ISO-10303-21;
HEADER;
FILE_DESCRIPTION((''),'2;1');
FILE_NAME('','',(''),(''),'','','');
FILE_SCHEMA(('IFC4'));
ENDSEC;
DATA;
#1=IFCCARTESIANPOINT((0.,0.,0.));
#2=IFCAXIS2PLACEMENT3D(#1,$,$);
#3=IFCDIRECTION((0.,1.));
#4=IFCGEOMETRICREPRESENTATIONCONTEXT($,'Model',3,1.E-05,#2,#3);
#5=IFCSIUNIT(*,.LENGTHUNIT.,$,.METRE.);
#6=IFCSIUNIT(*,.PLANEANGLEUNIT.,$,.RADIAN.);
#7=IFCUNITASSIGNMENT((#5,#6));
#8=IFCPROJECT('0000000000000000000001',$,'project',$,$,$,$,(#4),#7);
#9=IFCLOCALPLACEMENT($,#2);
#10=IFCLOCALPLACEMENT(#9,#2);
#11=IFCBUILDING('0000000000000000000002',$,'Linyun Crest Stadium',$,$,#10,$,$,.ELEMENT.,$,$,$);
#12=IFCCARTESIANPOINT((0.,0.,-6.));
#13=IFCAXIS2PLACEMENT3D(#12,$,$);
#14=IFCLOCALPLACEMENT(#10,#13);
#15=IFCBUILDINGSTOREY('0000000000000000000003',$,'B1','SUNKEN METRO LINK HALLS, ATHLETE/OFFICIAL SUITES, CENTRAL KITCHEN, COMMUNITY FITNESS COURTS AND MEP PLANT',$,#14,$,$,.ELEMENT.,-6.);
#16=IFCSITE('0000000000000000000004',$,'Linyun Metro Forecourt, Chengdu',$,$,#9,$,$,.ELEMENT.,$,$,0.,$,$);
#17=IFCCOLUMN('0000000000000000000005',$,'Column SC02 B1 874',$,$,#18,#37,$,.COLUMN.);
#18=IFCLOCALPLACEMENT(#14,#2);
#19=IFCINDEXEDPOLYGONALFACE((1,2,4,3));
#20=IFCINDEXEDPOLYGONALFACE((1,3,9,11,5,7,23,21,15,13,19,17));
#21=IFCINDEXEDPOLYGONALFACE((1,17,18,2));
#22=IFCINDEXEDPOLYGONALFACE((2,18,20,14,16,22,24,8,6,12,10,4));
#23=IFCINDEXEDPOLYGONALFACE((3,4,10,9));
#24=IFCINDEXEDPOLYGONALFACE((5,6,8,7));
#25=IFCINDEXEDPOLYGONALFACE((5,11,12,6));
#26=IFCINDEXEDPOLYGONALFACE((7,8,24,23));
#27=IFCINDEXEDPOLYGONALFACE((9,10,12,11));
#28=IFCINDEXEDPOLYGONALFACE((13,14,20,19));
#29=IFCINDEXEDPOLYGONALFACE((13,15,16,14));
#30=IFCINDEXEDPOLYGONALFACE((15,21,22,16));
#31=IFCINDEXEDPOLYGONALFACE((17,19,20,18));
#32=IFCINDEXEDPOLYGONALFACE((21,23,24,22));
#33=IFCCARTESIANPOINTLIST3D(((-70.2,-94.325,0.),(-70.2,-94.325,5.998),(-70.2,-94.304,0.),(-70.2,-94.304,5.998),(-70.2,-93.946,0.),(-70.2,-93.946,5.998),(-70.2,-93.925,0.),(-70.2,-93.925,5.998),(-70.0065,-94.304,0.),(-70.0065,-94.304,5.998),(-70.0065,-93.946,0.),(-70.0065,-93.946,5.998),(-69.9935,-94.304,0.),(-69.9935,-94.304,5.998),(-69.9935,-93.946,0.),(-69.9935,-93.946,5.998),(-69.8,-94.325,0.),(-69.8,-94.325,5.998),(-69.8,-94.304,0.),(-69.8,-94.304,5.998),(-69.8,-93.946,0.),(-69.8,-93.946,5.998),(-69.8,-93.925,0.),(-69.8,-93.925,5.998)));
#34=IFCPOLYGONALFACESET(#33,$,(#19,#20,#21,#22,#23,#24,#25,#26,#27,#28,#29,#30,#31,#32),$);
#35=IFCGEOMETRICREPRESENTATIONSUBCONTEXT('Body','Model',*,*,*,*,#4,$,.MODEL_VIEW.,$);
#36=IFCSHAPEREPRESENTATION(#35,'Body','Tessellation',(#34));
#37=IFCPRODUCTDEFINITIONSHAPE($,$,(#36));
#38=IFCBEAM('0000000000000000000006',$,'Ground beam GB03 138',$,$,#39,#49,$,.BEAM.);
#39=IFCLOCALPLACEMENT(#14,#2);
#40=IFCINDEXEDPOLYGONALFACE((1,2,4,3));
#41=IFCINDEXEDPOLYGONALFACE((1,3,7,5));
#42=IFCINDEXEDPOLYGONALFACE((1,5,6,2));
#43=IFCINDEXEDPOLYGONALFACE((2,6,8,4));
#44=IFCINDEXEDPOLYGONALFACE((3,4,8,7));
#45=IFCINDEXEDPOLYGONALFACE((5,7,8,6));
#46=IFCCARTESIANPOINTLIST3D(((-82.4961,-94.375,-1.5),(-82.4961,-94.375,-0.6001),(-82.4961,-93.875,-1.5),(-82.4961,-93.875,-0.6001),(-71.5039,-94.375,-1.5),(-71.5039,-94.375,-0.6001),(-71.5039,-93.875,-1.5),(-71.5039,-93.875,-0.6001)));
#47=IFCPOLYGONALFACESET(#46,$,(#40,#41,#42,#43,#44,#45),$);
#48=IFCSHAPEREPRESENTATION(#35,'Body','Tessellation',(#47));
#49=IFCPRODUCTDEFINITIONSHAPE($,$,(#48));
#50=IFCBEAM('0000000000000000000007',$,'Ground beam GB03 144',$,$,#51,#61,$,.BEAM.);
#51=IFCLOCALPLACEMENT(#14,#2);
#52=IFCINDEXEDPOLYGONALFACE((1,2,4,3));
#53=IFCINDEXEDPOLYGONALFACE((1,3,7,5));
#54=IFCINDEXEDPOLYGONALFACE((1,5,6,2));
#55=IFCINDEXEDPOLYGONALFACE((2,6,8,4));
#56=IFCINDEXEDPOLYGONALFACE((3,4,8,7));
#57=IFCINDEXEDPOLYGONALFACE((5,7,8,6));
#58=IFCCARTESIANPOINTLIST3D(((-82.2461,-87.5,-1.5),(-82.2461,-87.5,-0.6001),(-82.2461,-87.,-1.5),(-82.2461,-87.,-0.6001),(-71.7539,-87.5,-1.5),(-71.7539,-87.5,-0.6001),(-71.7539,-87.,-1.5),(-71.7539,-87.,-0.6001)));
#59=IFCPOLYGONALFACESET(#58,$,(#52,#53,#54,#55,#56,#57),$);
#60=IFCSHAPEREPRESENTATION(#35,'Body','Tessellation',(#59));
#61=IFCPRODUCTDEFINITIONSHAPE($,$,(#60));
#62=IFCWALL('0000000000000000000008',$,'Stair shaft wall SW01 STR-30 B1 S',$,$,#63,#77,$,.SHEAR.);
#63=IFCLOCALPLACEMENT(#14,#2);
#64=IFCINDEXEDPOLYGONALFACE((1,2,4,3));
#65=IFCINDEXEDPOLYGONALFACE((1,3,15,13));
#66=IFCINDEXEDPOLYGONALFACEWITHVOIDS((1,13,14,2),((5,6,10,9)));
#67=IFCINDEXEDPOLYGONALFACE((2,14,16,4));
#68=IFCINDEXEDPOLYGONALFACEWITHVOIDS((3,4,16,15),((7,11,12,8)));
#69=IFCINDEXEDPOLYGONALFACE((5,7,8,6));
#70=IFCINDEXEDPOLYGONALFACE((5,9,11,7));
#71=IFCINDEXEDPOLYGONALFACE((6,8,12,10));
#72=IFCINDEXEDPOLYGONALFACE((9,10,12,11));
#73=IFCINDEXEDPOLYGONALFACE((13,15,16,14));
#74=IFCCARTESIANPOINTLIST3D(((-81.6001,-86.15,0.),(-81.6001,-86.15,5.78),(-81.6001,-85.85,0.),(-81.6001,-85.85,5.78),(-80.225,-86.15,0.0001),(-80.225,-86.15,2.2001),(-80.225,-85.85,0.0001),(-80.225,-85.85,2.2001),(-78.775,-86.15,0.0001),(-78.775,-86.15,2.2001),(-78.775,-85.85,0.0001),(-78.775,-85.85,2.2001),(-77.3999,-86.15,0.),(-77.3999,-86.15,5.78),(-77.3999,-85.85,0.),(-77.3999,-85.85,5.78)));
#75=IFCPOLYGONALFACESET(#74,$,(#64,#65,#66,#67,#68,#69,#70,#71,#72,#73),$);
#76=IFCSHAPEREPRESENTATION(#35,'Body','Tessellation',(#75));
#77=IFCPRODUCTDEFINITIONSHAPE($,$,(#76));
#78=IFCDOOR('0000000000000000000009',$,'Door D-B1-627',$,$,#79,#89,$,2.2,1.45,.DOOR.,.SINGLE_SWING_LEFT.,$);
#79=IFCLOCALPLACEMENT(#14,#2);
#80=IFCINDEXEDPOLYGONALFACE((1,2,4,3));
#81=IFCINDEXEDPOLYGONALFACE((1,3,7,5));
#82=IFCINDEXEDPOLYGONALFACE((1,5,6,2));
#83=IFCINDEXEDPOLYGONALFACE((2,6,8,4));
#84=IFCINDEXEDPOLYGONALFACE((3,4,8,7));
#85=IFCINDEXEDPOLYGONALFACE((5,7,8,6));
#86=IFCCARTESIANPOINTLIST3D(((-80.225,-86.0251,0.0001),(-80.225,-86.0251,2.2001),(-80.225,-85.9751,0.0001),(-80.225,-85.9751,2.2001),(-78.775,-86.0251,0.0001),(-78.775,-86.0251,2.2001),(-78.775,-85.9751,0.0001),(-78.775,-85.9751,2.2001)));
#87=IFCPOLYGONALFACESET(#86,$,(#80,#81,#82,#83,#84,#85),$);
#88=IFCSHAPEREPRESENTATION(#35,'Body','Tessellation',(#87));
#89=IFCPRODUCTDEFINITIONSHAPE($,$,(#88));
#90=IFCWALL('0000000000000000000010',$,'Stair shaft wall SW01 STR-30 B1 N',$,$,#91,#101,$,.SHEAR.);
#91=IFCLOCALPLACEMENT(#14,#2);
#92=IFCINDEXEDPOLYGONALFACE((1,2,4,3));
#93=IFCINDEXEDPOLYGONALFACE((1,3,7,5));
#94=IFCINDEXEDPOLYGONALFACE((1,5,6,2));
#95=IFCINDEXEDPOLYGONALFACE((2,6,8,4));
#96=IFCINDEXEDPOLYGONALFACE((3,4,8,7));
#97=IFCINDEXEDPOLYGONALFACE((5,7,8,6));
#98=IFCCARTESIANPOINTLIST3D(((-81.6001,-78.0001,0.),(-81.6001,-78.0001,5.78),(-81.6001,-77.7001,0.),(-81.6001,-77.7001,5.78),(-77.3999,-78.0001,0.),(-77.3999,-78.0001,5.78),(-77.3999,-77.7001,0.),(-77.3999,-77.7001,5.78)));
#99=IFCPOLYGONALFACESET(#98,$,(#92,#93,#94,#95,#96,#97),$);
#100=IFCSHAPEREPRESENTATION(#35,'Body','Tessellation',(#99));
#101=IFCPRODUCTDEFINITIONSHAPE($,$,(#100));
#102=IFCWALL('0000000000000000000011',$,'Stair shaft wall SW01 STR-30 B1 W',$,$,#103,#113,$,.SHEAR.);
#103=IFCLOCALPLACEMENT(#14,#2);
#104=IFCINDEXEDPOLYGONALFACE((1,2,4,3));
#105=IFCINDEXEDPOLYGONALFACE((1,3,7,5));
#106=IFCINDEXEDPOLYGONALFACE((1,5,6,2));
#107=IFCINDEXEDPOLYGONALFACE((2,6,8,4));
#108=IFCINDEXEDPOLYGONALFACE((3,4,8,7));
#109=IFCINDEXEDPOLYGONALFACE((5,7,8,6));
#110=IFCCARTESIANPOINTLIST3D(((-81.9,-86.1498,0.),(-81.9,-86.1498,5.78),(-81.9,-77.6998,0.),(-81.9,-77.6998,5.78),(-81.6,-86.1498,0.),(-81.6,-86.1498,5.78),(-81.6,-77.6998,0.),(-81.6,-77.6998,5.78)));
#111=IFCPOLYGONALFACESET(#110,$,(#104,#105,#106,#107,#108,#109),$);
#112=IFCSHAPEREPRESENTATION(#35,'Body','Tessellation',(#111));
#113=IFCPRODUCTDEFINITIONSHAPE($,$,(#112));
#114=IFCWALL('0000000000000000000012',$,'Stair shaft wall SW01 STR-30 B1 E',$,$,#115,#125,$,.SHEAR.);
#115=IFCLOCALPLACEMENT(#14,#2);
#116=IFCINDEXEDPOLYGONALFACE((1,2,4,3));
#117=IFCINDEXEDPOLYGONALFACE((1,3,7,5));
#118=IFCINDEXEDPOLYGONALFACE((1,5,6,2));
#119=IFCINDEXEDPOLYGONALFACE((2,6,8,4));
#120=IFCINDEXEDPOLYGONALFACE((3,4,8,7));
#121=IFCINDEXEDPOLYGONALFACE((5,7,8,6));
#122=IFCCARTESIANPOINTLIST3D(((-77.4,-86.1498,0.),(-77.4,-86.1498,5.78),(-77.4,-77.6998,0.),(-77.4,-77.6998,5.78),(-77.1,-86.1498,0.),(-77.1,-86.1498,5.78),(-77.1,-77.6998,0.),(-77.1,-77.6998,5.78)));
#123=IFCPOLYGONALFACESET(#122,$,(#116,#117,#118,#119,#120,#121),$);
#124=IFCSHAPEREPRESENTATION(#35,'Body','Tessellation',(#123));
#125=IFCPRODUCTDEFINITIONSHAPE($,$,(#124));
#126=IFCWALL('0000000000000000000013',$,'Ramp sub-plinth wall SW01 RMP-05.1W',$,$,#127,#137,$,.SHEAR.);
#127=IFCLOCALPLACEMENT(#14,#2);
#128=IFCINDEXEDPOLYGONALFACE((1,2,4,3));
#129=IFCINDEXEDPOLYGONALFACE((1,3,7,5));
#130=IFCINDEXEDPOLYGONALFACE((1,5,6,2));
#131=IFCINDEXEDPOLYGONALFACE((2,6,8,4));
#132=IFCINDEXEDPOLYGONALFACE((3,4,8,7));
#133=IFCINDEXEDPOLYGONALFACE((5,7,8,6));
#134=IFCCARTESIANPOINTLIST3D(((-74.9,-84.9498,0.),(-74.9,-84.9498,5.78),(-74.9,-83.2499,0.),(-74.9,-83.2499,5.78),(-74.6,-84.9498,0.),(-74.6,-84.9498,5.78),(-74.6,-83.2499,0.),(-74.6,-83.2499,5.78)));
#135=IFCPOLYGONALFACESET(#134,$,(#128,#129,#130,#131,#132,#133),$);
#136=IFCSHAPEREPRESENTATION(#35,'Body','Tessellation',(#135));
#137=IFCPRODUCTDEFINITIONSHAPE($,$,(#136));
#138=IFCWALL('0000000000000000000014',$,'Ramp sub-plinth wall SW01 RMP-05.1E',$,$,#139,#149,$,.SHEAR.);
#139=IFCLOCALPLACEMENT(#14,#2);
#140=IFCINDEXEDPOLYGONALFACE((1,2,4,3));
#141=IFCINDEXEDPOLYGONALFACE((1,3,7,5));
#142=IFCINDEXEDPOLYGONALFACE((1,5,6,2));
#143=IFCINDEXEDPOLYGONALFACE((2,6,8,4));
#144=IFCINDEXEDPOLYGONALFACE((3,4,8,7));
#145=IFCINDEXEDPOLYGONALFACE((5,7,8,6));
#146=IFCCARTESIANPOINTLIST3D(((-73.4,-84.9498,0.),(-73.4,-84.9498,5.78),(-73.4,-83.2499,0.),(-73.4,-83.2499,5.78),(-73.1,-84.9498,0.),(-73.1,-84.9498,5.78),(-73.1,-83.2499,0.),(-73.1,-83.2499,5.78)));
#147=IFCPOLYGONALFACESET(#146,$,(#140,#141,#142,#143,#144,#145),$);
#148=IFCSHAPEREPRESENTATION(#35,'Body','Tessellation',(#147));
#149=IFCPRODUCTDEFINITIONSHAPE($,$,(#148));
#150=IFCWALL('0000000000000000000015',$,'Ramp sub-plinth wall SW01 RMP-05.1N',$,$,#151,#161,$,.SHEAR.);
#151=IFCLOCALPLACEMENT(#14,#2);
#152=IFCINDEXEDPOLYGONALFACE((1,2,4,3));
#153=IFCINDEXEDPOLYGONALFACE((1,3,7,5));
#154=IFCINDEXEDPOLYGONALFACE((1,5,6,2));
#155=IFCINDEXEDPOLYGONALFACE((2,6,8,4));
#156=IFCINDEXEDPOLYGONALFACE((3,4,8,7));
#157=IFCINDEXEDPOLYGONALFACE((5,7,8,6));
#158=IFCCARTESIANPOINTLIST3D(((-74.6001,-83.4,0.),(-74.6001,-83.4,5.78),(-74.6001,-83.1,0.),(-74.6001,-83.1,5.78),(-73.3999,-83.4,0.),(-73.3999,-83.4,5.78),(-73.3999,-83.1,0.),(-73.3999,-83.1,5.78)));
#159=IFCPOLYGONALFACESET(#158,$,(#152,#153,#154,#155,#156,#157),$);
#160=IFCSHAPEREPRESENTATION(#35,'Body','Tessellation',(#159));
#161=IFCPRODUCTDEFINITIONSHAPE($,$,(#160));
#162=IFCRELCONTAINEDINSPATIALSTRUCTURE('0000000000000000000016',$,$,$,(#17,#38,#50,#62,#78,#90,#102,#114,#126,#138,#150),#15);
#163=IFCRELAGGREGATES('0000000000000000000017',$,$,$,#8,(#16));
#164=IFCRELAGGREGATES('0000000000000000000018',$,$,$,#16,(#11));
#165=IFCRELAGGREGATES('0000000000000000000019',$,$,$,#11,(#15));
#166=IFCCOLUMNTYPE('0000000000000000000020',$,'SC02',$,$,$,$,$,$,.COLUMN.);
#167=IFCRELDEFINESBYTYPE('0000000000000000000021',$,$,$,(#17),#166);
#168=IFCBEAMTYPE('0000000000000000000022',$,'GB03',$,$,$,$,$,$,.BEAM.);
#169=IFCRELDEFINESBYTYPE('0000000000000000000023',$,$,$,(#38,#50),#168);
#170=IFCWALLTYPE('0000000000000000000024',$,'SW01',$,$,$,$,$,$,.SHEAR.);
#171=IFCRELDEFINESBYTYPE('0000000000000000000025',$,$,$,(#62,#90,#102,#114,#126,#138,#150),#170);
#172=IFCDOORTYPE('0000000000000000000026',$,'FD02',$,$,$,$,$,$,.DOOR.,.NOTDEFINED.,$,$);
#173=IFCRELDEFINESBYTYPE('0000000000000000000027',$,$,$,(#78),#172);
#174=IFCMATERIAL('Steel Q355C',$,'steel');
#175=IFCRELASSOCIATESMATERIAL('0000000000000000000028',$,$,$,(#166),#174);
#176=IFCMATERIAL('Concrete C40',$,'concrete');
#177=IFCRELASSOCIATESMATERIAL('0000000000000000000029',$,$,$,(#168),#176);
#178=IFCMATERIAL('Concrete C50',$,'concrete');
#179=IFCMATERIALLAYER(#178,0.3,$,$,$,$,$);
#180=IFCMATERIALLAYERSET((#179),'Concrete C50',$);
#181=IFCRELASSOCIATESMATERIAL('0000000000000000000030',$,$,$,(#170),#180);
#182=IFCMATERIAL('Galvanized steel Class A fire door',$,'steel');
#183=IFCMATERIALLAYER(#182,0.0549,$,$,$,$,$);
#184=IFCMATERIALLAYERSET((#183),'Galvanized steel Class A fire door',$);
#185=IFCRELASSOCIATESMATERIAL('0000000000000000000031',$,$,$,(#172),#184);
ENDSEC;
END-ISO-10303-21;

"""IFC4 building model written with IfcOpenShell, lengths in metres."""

from ifc_helpers import new_model, si_unit, direction, frame, frame_2d, origin, origin_2d, place, context, subcontext, project, spatial, rectangle, i_section, extrude, material, layer, layer_set, material_profile, profile_set, type_object, element, fill, save


model = new_model("IFC4")

# Units and contexts
model_context = context("Model", 3, precision=1e-05, world=origin(), true_north=direction((0.0, 1.0)))
body_context = subcontext(model_context, "Body", "Model", "MODEL_VIEW")
ifc_project = project(units=[si_unit("LENGTHUNIT", "METRE"), si_unit("PLANEANGLEUNIT", "RADIAN")], contexts=[model_context])

# Site, building, storey
site_placement = place(None, origin())
site = spatial("IfcSite", under=ifc_project, at=site_placement, Name="Linyun Metro Forecourt, Chengdu", CompositionType="ELEMENT", RefElevation=0.0)
building_placement = place(site_placement, origin())
building = spatial("IfcBuilding", under=site, at=building_placement, Name="Linyun Crest Stadium", CompositionType="ELEMENT")
storey_placement = place(building_placement, frame((0.0, 0.0, -6.0)))
storey = spatial("IfcBuildingStorey", under=building, at=storey_placement, Name="B1", Description="SUNKEN METRO LINK HALLS, ATHLETE/OFFICIAL SUITES, CENTRAL KITCHEN, COMMUNITY FITNESS COURTS AND MEP PLANT", CompositionType="ELEMENT", Elevation=-6.0)

# Column
ifc_material_1 = material(Name="Steel Q355C", Category="steel")
ifc_material_profile_1 = material_profile(ifc_material_1, i_section(OverallWidth=0.3999, OverallDepth=0.3999, WebThickness=0.0129, FlangeThickness=0.021, at=origin_2d()), Name="HW 400x400")
ifc_profile_set_1 = profile_set([ifc_material_profile_1], Name="Steel Q355C")
column_type = type_object("IfcColumnType", Name="SC02", PredefinedType="COLUMN", material=ifc_profile_set_1)
column_placement = place(storey_placement, frame((-70.0, -94.125, 0.0), z_axis=(0.0, 0.0, 1.0), x_axis=(1.0, 0.0, 0.0)))
element("IfcColumn", 1, at=column_placement, inside=storey, type_object=column_type, Name="Column SC02 B1 874", PredefinedType="COLUMN", context=body_context, shape_type="SweptSolid", body=[
    extrude(i_section(OverallWidth=0.3999, OverallDepth=0.3999, WebThickness=0.0129, FlangeThickness=0.021, at=origin_2d()), origin(), (0.0, 0.0, 1.0), 5.998),
])

# Beams
ifc_material_2 = material(Name="Concrete C40", Category="concrete")
ifc_material_profile_2 = material_profile(ifc_material_2, rectangle(XDim=0.5, YDim=0.8999, at=origin_2d()), Name="RCB 900x500")
ifc_profile_set_2 = profile_set([ifc_material_profile_2], Name="Concrete C40")
beam_type = type_object("IfcBeamType", Name="GB03", PredefinedType="BEAM", material=ifc_profile_set_2)
beam_1_placement = place(storey_placement, frame((-82.4961, -94.125, -1.05), z_axis=(1.0, 0.0, 0.0), x_axis=(0.0, 1.0, 0.0)))
element("IfcBeam", 2, at=beam_1_placement, inside=storey, type_object=beam_type, Name="Ground beam GB03 138", PredefinedType="BEAM", context=body_context, shape_type="SweptSolid", body=[
    extrude(rectangle(XDim=0.5, YDim=0.8999, at=origin_2d()), origin(), (0.0, 0.0, 1.0), 10.9922),
])
beam_2_placement = place(storey_placement, frame((-82.2461, -87.25, -1.05), z_axis=(1.0, 0.0, 0.0), x_axis=(0.0, 1.0, 0.0)))
element("IfcBeam", 3, at=beam_2_placement, inside=storey, type_object=beam_type, Name="Ground beam GB03 144", PredefinedType="BEAM", context=body_context, shape_type="SweptSolid", body=[
    extrude(rectangle(XDim=0.5, YDim=0.8999, at=origin_2d()), origin(), (0.0, 0.0, 1.0), 10.4922),
])

# Wall, opening, door
ifc_material_3 = material(Name="Concrete C50", Category="concrete")
ifc_layer_1 = layer(ifc_material_3, 0.3)
ifc_layer_set_1 = layer_set([ifc_layer_1], Name="Concrete C50")
wall_type_1 = type_object("IfcWallType", Name="SW01", PredefinedType="SHEAR", material=ifc_layer_set_1)
wall_1_placement = place(storey_placement, frame((-81.6001, -86.0, 0.0), z_axis=(0.0, 0.0, 1.0), x_axis=(1.0, 0.0, 0.0)))
wall_1 = element("IfcWall", 4, at=wall_1_placement, inside=storey, type_object=wall_type_1, Name="Stair shaft wall SW01 STR-30 B1 S", PredefinedType="SHEAR", context=body_context, shape_type="SweptSolid", body=[
    extrude(rectangle(XDim=4.2002, YDim=0.3, at=frame_2d((2.1001, 0.0))), origin(), (0.0, 0.0, 1.0), 5.78),
])
opening_1_placement = place(wall_1_placement, frame((1.375, 0.0, 0.0)))
opening_1 = element("IfcOpeningElement", 5, at=opening_1_placement, cuts=wall_1, PredefinedType="OPENING", context=body_context, shape_type="SweptSolid", body=[
    extrude(rectangle(XDim=1.45, YDim=2.2, at=frame_2d((0.7251, 1.1001))), frame((0.0, 0.1599, 0.0), z_axis=(0.0, -1.0, 0.0), x_axis=(1.0, 0.0, 0.0)), (0.0, 0.0, 1.0), 0.3201),
])
ifc_material_4 = material(Name="Galvanized steel Class A fire door", Category="steel")
ifc_layer_2 = layer(ifc_material_4, 0.0549)
ifc_layer_set_2 = layer_set([ifc_layer_2], Name="Galvanized steel Class A fire door")
door_type_1 = type_object("IfcDoorType", Name="FD02", OperationType="NOTDEFINED", PredefinedType="DOOR", material=ifc_layer_set_2)
door_1_placement = place(opening_1_placement, origin())
door_1 = element("IfcDoor", 6, at=door_1_placement, inside=storey, type_object=door_type_1, Name="Door D-B1-627", OperationType="SINGLE_SWING_LEFT", OverallHeight=2.2, OverallWidth=1.45, PredefinedType="DOOR", context=body_context, shape_type="SweptSolid", body=[
    extrude(rectangle(XDim=1.45, YDim=2.2, at=frame_2d((0.7251, 1.1001))), frame((0.0, 0.0249, 0.0), z_axis=(0.0, -1.0, 0.0), x_axis=(1.0, 0.0, 0.0)), (0.0, 0.0, 1.0), 0.05),
])
fill(opening_1, door_1)

# Walls
wall_2_placement = place(storey_placement, frame((-81.6001, -77.8501, 0.0), z_axis=(0.0, 0.0, 1.0), x_axis=(1.0, 0.0, 0.0)))
element("IfcWall", 7, at=wall_2_placement, inside=storey, type_object=wall_type_1, Name="Stair shaft wall SW01 STR-30 B1 N", PredefinedType="SHEAR", context=body_context, shape_type="SweptSolid", body=[
    extrude(rectangle(XDim=4.2002, YDim=0.3, at=frame_2d((2.1001, 0.0))), origin(), (0.0, 0.0, 1.0), 5.78),
])
for number, where, z_axis, x_axis, name in (
    (8, (-81.75, -86.1499, 0.0), (0.0, 0.0, 1.0), (0.0, 1.0, 0.0), "Stair shaft wall SW01 STR-30 B1 W"),
    (9, (-77.25, -86.1499, 0.0), (0.0, 0.0, 1.0), (0.0, 1.0, 0.0), "Stair shaft wall SW01 STR-30 B1 E"),
):
    element("IfcWall", number, at=place(storey_placement, frame(where, z_axis=z_axis, x_axis=x_axis)), inside=storey, type_object=wall_type_1, Name=name, PredefinedType="SHEAR", context=body_context, shape_type="SweptSolid", body=[
        extrude(rectangle(XDim=8.45, YDim=0.3, at=frame_2d((4.2251, 0.0))), origin(), (0.0, 0.0, 1.0), 5.78),
    ])
for number, where, z_axis, x_axis, name in (
    (10, (-74.75, -84.95, 0.0), (0.0, 0.0, 1.0), (0.0, 1.0, 0.0), "Ramp sub-plinth wall SW01 RMP-05.1W"),
    (11, (-73.25, -84.95, 0.0), (0.0, 0.0, 1.0), (0.0, 1.0, 0.0), "Ramp sub-plinth wall SW01 RMP-05.1E"),
):
    element("IfcWall", number, at=place(storey_placement, frame(where, z_axis=z_axis, x_axis=x_axis)), inside=storey, type_object=wall_type_1, Name=name, PredefinedType="SHEAR", context=body_context, shape_type="SweptSolid", body=[
        extrude(rectangle(XDim=1.7, YDim=0.3, at=frame_2d((0.8501, 0.0))), origin(), (0.0, 0.0, 1.0), 5.78),
    ])
wall_3_placement = place(storey_placement, frame((-74.6001, -83.25, 0.0), z_axis=(0.0, 0.0, 1.0), x_axis=(1.0, 0.0, 0.0)))
element("IfcWall", 12, at=wall_3_placement, inside=storey, type_object=wall_type_1, Name="Ramp sub-plinth wall SW01 RMP-05.1N", PredefinedType="SHEAR", context=body_context, shape_type="SweptSolid", body=[
    extrude(rectangle(XDim=1.2002, YDim=0.3, at=frame_2d((0.6001, 0.0))), origin(), (0.0, 0.0, 1.0), 5.78),
])

save(model, "model.ifc")
